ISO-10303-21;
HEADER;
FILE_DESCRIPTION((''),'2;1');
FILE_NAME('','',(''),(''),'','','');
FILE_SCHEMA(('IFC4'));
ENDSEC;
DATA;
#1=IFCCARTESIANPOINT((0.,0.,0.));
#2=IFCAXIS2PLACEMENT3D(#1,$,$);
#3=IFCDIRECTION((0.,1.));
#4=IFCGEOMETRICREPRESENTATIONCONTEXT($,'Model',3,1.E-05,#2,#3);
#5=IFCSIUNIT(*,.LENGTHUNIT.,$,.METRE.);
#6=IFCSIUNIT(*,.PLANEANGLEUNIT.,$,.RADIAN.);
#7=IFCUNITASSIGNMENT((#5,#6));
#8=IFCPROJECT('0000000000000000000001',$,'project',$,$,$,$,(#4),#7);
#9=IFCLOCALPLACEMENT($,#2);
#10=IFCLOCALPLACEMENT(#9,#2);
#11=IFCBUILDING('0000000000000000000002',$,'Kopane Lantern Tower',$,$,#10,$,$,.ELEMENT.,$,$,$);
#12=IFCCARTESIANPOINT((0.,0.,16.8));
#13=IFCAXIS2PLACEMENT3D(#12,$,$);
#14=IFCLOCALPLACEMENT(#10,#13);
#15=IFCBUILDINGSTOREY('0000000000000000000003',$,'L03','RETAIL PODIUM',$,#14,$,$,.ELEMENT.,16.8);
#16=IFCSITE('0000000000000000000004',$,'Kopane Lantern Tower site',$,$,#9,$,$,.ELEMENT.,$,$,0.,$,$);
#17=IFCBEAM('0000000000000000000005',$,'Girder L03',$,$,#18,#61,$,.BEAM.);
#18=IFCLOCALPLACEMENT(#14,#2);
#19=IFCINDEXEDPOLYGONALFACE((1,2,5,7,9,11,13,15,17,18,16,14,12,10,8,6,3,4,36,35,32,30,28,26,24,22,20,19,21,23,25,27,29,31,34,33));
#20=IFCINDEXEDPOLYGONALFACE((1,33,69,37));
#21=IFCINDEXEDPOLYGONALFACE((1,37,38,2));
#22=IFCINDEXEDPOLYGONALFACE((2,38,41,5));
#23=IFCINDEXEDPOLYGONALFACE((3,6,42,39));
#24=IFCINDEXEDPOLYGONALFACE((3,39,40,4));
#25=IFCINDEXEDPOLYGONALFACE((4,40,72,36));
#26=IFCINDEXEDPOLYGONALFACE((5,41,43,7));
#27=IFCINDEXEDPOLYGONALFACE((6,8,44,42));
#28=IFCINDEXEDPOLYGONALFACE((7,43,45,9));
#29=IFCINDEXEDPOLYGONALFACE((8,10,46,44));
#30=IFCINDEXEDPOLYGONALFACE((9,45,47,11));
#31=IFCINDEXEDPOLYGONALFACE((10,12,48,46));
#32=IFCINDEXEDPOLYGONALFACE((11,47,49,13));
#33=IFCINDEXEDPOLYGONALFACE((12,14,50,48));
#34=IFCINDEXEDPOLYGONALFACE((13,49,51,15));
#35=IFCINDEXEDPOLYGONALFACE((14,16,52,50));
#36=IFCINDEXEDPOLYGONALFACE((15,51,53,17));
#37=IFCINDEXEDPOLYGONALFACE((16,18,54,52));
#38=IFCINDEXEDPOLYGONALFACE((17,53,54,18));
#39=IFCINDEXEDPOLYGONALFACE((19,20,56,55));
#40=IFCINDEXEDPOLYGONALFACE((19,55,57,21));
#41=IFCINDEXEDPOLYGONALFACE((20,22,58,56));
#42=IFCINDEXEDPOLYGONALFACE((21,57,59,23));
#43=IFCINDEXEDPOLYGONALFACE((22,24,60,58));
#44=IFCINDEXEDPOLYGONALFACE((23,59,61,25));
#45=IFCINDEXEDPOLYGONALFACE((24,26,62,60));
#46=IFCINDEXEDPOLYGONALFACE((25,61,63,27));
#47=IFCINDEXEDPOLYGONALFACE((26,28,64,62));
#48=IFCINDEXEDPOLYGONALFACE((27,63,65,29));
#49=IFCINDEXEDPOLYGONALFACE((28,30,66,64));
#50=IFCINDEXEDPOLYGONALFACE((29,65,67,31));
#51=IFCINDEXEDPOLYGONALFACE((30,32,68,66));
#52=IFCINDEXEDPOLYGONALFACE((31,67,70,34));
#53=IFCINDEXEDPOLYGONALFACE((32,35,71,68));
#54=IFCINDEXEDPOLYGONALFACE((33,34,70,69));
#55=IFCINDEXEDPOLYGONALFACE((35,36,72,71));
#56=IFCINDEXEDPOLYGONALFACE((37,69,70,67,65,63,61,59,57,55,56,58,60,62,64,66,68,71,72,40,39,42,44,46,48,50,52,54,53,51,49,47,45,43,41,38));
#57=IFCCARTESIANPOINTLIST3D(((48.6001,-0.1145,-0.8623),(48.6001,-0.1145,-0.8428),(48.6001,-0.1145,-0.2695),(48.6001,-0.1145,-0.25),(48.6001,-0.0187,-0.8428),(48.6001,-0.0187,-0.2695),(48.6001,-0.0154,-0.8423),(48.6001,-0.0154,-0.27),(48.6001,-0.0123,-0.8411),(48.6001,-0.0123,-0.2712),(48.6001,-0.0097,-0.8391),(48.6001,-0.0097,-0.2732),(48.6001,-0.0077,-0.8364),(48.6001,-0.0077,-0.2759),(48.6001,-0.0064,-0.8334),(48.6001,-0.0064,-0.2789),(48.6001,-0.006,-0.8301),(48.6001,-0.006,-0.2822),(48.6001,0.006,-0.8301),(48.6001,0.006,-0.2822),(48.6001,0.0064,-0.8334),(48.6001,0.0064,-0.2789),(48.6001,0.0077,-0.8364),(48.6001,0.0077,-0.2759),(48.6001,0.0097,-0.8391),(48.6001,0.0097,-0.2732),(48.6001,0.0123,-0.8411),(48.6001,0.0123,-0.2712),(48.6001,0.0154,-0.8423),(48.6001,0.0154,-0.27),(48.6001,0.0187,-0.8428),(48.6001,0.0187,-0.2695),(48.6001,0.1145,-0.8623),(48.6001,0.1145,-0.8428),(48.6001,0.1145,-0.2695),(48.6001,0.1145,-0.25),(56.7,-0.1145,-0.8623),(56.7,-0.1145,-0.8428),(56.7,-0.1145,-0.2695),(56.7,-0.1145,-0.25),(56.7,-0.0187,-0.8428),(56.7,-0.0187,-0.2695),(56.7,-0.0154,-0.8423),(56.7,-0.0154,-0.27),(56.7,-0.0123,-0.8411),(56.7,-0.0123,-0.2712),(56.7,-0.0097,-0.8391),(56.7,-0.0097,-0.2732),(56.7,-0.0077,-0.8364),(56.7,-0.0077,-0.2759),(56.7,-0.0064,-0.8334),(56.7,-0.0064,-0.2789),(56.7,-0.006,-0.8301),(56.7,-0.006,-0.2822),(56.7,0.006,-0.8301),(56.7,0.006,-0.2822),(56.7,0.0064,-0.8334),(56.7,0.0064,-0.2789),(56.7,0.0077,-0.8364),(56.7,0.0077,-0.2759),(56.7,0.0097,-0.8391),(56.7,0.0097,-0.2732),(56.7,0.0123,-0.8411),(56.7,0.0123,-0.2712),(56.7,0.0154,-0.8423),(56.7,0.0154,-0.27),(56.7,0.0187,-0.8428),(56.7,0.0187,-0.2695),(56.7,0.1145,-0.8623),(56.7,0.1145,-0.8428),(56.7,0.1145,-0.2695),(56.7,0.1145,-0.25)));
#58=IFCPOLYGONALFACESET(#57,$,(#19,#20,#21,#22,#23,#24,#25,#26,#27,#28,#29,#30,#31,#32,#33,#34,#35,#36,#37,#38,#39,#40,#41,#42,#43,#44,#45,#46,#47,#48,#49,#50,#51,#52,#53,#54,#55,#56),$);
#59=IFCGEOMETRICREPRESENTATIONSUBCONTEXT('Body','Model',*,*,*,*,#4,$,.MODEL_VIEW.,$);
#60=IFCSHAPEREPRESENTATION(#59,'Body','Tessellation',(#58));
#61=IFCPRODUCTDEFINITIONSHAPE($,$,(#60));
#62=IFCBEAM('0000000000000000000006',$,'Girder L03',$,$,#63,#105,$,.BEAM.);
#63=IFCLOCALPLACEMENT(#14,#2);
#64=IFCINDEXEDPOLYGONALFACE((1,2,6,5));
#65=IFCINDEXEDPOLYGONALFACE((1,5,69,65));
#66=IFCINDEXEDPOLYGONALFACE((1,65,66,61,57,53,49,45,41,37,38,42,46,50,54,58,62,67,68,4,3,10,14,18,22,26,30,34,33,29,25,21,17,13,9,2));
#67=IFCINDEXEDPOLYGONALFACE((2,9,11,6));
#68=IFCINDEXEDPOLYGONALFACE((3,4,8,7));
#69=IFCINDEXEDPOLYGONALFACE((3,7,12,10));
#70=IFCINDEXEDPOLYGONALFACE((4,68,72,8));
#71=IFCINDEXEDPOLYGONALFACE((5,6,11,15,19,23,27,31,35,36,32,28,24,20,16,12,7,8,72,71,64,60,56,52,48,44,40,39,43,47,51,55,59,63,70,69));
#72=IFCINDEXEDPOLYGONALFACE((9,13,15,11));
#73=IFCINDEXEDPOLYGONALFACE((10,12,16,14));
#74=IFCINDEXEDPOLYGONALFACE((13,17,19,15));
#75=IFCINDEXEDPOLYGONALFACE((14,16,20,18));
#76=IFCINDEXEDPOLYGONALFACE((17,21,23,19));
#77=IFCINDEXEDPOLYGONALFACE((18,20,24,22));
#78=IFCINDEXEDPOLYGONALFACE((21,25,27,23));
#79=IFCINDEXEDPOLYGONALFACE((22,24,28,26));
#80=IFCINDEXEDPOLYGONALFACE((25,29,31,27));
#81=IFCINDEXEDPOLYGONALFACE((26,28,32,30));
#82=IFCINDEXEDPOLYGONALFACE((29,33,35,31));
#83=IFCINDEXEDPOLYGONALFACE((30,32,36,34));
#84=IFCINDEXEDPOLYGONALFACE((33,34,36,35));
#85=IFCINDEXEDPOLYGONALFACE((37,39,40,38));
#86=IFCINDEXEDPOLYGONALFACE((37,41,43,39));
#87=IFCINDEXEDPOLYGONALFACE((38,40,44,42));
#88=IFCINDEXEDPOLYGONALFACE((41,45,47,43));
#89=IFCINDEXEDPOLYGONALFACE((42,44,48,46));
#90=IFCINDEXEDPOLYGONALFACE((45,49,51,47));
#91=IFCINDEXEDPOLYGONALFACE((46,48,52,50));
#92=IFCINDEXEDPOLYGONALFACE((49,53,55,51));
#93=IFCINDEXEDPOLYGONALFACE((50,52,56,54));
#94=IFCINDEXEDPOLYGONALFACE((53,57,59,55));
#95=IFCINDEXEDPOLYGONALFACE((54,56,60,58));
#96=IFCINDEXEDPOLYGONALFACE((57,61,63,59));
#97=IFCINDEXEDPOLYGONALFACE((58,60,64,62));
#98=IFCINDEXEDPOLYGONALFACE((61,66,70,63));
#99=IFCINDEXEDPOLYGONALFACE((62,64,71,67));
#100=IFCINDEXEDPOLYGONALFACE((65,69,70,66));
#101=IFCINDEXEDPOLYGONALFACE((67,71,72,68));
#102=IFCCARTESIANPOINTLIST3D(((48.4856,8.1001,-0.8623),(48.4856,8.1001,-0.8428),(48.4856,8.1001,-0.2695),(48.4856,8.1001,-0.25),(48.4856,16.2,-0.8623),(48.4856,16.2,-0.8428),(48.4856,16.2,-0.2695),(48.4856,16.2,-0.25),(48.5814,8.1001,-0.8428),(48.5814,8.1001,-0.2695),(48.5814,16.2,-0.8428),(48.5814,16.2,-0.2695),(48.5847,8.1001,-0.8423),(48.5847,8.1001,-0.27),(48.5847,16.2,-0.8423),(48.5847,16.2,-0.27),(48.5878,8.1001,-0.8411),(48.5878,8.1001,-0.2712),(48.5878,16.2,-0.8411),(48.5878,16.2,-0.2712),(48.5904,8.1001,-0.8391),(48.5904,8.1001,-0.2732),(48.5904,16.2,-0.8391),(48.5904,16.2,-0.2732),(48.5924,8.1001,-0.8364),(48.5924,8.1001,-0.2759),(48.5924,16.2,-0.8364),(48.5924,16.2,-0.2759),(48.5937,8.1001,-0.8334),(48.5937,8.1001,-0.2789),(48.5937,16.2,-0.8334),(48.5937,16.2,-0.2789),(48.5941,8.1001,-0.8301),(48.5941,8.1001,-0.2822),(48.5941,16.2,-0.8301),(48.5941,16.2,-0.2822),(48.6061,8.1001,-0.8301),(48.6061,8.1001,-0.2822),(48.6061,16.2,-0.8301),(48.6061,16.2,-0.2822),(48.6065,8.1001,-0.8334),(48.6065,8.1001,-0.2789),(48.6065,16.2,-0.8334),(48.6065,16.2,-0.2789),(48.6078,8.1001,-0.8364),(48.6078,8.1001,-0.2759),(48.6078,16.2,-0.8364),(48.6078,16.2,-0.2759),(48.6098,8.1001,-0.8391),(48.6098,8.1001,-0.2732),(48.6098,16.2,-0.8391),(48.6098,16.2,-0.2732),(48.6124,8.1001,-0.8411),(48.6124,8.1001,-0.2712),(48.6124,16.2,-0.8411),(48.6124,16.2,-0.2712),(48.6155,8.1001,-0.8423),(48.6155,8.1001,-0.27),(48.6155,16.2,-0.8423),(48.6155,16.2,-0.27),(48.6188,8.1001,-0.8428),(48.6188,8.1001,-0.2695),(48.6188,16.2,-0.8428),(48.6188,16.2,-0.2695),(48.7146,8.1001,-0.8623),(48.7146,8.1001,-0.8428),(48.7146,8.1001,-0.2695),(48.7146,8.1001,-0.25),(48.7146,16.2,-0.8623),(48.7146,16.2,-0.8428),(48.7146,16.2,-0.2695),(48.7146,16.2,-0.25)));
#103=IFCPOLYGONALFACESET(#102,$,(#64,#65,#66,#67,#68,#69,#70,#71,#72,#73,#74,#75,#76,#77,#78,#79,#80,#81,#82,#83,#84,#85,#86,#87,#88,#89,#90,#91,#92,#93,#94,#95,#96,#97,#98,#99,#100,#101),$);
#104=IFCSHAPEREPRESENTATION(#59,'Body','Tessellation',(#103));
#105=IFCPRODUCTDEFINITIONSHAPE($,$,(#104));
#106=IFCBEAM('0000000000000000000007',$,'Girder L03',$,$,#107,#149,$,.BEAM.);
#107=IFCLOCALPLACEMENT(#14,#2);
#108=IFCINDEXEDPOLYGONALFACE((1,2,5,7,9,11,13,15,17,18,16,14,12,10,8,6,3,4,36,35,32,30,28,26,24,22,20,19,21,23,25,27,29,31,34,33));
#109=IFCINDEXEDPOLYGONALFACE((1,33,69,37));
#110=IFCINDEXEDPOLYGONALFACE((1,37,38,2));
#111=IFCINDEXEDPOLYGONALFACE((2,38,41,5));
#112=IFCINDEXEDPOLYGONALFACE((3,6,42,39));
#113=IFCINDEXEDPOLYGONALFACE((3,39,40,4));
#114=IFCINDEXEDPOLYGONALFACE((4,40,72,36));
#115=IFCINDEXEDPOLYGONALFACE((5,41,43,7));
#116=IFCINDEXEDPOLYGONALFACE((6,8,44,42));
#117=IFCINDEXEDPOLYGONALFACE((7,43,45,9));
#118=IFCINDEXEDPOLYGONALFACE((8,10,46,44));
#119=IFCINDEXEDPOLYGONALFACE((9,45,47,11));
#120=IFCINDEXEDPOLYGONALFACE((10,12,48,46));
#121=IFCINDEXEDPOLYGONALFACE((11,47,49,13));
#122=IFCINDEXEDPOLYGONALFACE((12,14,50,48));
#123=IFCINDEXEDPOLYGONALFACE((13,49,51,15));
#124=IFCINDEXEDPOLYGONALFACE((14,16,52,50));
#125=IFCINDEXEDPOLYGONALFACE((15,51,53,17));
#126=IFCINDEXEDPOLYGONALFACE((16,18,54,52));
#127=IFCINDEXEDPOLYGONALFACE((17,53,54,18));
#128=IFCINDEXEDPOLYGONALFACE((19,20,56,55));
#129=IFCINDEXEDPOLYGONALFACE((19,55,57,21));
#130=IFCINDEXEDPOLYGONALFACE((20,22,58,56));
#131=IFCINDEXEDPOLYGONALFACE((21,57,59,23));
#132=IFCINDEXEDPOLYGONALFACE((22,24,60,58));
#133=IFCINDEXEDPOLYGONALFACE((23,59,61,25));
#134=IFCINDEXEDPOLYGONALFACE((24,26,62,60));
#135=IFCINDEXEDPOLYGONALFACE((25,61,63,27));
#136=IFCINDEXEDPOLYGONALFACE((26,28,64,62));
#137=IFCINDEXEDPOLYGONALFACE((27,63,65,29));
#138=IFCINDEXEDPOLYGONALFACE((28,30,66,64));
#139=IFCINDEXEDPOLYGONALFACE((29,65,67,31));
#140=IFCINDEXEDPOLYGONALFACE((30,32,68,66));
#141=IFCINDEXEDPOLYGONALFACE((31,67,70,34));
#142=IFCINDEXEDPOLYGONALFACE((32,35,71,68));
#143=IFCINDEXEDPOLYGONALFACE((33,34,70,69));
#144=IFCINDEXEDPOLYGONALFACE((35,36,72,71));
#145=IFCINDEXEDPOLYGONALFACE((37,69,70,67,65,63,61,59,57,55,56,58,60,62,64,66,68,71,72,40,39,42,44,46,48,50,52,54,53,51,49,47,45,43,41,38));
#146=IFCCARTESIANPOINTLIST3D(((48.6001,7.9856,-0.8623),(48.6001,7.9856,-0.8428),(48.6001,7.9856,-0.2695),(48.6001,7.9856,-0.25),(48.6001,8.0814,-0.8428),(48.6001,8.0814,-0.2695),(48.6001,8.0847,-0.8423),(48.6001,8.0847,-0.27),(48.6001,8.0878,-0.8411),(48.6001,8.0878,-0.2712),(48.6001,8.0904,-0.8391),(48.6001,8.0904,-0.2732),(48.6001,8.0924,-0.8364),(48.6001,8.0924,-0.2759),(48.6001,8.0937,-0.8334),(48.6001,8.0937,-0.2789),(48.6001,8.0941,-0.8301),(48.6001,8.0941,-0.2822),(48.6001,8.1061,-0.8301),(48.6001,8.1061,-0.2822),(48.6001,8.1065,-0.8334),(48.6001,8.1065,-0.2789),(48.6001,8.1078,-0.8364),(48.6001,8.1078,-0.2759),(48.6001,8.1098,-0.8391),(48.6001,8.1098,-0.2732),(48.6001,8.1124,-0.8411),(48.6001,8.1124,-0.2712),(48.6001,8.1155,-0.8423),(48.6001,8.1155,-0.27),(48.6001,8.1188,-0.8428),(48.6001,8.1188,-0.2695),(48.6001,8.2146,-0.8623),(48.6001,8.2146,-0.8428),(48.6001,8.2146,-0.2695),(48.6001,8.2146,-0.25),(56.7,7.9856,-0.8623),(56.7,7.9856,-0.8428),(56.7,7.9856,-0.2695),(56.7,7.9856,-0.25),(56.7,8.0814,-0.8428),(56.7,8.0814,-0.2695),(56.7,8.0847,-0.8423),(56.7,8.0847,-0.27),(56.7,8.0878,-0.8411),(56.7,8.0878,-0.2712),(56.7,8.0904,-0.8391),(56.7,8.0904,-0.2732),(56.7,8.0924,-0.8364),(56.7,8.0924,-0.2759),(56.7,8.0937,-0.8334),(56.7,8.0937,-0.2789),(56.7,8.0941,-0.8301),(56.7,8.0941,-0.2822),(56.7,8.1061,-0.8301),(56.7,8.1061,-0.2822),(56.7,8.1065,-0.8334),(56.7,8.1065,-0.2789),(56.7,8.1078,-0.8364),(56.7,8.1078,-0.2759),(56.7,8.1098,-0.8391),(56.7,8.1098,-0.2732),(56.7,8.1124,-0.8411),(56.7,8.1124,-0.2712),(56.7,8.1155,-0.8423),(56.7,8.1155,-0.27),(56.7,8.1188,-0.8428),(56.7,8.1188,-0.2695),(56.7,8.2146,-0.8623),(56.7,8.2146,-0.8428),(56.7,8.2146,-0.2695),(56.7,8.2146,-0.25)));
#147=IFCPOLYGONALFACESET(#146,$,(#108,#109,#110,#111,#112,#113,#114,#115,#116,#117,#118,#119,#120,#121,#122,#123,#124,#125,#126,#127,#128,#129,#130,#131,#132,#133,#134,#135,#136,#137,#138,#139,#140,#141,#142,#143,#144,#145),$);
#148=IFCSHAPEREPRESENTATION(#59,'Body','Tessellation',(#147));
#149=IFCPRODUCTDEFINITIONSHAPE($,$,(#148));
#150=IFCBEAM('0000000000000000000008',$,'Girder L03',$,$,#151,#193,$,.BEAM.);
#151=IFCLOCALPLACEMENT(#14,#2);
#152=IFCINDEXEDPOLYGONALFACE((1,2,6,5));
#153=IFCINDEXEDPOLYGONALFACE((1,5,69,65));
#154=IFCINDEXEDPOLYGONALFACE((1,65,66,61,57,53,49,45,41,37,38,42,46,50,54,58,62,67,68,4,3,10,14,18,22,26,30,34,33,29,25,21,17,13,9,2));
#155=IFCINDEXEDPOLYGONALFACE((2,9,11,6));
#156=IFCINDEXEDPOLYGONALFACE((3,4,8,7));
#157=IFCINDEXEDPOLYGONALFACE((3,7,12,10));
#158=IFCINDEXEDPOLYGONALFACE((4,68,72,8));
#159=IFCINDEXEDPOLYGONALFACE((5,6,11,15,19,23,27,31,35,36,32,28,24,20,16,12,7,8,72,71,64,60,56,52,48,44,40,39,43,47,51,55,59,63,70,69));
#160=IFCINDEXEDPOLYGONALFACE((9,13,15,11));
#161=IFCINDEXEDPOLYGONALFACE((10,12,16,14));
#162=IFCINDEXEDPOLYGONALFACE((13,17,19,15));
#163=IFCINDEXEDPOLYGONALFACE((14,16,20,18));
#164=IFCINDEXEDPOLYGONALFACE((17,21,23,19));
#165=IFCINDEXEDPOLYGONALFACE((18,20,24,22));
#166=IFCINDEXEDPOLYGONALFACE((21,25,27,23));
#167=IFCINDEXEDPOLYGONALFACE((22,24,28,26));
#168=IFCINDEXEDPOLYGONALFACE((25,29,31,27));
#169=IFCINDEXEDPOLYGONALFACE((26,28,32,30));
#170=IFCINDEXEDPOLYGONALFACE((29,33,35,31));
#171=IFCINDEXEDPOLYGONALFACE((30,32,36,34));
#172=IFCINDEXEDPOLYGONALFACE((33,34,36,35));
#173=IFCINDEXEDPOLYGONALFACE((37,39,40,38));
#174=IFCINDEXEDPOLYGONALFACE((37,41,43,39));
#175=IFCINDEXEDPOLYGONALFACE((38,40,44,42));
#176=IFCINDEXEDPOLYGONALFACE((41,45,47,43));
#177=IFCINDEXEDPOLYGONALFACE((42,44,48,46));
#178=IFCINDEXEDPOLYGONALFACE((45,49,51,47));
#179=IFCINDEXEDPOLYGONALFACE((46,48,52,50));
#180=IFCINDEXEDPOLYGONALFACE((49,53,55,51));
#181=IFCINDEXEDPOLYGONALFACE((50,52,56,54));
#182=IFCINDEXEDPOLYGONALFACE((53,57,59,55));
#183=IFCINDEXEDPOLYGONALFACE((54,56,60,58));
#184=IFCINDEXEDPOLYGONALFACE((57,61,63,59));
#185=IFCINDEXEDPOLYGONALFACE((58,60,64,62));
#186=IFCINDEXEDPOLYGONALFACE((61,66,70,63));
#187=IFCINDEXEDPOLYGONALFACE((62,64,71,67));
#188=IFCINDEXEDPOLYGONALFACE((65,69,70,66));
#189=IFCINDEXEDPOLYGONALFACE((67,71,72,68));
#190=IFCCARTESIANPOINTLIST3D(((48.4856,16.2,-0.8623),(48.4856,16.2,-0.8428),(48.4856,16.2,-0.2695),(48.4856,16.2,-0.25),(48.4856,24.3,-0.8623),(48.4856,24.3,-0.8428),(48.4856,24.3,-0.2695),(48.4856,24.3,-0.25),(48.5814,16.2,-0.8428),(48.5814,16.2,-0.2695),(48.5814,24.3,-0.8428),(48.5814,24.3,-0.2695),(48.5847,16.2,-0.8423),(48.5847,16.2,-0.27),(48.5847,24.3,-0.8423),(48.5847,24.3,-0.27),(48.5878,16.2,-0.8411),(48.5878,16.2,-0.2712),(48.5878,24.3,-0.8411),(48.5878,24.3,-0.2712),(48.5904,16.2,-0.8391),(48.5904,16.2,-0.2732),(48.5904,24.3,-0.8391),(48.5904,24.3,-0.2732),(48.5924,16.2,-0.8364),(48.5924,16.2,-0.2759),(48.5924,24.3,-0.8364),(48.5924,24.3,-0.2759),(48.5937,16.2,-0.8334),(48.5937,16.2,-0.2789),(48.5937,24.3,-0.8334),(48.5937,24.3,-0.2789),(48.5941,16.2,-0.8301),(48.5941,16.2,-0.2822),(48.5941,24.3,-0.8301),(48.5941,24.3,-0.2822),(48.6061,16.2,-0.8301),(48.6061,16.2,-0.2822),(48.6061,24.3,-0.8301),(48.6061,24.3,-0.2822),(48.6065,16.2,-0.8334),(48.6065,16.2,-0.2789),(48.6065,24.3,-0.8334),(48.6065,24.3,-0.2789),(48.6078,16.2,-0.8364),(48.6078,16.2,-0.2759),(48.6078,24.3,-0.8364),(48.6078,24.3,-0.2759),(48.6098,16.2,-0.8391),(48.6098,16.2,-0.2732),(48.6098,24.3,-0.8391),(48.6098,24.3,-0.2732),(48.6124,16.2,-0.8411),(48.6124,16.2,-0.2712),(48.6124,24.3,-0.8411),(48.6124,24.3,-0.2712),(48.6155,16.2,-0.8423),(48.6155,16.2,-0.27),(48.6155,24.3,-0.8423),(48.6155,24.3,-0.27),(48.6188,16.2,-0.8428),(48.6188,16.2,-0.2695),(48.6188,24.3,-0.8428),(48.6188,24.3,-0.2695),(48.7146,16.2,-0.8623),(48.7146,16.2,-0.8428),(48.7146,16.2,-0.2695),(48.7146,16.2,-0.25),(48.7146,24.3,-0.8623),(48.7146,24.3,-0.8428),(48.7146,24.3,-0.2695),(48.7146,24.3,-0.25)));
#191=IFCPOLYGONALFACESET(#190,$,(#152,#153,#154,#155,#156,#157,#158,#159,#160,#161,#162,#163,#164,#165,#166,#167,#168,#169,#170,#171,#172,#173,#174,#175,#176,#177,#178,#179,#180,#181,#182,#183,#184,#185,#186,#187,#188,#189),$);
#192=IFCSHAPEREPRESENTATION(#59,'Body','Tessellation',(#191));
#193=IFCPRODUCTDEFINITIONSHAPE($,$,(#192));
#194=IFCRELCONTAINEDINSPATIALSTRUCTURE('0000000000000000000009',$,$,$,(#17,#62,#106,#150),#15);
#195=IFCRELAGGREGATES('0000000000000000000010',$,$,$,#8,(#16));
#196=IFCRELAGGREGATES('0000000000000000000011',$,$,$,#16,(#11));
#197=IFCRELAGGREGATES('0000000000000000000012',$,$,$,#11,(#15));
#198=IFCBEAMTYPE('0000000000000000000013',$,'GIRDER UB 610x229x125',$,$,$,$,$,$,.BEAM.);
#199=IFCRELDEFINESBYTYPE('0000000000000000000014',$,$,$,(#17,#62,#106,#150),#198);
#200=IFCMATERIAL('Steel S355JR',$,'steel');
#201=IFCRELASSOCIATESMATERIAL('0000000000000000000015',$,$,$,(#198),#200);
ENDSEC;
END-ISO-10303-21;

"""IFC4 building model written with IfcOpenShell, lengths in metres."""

from ifc_helpers import new_model, si_unit, direction, frame, origin, origin_2d, place, context, subcontext, project, spatial, i_section, extrude, material, material_profile, profile_set, type_object, element, save


model = new_model("IFC4")

# Units and contexts
model_context = context("Model", 3, precision=1e-05, world=origin(), true_north=direction((0.0, 1.0)))
body_context = subcontext(model_context, "Body", "Model", "MODEL_VIEW")
ifc_project = project(units=[si_unit("LENGTHUNIT", "METRE"), si_unit("PLANEANGLEUNIT", "RADIAN")], contexts=[model_context])

# Site, building, storey
site_placement = place(None, origin())
site = spatial("IfcSite", under=ifc_project, at=site_placement, Name="Kopane Lantern Tower site", CompositionType="ELEMENT", RefElevation=0.0)
building_placement = place(site_placement, origin())
building = spatial("IfcBuilding", under=site, at=building_placement, Name="Kopane Lantern Tower", CompositionType="ELEMENT")
storey_placement = place(building_placement, frame((0.0, 0.0, 16.8)))
storey = spatial("IfcBuildingStorey", under=building, at=storey_placement, Name="L03", Description="RETAIL PODIUM", CompositionType="ELEMENT", Elevation=16.8)

# Beams
ifc_material_1 = material(Name="Steel S355JR", Category="steel")
ifc_material_profile_1 = material_profile(ifc_material_1, i_section(OverallWidth=0.229, OverallDepth=0.6123, WebThickness=0.012, FlangeThickness=0.0195, FilletRadius=0.0127, at=origin_2d()), Name="UB 610x229x125")
ifc_profile_set_1 = profile_set([ifc_material_profile_1], Name="Steel S355JR")
beam_type_1 = type_object("IfcBeamType", Name="GIRDER UB 610x229x125", PredefinedType="BEAM", material=ifc_profile_set_1)
for number, where, z_axis, x_axis, name in (
    (1, (48.6001, 0.0, -0.5562), (1.0, 0.0, 0.0), (0.0, 1.0, 0.0), "Girder L03"),
    (2, (48.6001, 8.1001, -0.5562), (0.0, 1.0, 0.0), (-1.0, 0.0, 0.0), "Girder L03"),
    (3, (48.6001, 8.1001, -0.5562), (1.0, 0.0, 0.0), (0.0, 1.0, 0.0), "Girder L03"),
):
    element("IfcBeam", number, at=place(storey_placement, frame(where, z_axis=z_axis, x_axis=x_axis)), inside=storey, type_object=beam_type_1, Name=name, PredefinedType="BEAM", context=body_context, shape_type="SweptSolid", body=[
        extrude(i_section(OverallWidth=0.229, OverallDepth=0.6123, WebThickness=0.012, FlangeThickness=0.0195, FilletRadius=0.0127, at=origin_2d()), origin(), (0.0, 0.0, 1.0), 8.0999),
    ])
beam_1_placement = place(storey_placement, frame((48.6001, 16.2, -0.5562), z_axis=(0.0, 1.0, 0.0), x_axis=(-1.0, 0.0, 0.0)))
element("IfcBeam", 4, at=beam_1_placement, inside=storey, type_object=beam_type_1, Name="Girder L03", PredefinedType="BEAM", context=body_context, shape_type="SweptSolid", body=[
    extrude(i_section(OverallWidth=0.229, OverallDepth=0.6123, WebThickness=0.012, FlangeThickness=0.0195, FilletRadius=0.0127, at=origin_2d()), origin(), (0.0, 0.0, 1.0), 8.1001),
])

save(model, "model.ifc")
